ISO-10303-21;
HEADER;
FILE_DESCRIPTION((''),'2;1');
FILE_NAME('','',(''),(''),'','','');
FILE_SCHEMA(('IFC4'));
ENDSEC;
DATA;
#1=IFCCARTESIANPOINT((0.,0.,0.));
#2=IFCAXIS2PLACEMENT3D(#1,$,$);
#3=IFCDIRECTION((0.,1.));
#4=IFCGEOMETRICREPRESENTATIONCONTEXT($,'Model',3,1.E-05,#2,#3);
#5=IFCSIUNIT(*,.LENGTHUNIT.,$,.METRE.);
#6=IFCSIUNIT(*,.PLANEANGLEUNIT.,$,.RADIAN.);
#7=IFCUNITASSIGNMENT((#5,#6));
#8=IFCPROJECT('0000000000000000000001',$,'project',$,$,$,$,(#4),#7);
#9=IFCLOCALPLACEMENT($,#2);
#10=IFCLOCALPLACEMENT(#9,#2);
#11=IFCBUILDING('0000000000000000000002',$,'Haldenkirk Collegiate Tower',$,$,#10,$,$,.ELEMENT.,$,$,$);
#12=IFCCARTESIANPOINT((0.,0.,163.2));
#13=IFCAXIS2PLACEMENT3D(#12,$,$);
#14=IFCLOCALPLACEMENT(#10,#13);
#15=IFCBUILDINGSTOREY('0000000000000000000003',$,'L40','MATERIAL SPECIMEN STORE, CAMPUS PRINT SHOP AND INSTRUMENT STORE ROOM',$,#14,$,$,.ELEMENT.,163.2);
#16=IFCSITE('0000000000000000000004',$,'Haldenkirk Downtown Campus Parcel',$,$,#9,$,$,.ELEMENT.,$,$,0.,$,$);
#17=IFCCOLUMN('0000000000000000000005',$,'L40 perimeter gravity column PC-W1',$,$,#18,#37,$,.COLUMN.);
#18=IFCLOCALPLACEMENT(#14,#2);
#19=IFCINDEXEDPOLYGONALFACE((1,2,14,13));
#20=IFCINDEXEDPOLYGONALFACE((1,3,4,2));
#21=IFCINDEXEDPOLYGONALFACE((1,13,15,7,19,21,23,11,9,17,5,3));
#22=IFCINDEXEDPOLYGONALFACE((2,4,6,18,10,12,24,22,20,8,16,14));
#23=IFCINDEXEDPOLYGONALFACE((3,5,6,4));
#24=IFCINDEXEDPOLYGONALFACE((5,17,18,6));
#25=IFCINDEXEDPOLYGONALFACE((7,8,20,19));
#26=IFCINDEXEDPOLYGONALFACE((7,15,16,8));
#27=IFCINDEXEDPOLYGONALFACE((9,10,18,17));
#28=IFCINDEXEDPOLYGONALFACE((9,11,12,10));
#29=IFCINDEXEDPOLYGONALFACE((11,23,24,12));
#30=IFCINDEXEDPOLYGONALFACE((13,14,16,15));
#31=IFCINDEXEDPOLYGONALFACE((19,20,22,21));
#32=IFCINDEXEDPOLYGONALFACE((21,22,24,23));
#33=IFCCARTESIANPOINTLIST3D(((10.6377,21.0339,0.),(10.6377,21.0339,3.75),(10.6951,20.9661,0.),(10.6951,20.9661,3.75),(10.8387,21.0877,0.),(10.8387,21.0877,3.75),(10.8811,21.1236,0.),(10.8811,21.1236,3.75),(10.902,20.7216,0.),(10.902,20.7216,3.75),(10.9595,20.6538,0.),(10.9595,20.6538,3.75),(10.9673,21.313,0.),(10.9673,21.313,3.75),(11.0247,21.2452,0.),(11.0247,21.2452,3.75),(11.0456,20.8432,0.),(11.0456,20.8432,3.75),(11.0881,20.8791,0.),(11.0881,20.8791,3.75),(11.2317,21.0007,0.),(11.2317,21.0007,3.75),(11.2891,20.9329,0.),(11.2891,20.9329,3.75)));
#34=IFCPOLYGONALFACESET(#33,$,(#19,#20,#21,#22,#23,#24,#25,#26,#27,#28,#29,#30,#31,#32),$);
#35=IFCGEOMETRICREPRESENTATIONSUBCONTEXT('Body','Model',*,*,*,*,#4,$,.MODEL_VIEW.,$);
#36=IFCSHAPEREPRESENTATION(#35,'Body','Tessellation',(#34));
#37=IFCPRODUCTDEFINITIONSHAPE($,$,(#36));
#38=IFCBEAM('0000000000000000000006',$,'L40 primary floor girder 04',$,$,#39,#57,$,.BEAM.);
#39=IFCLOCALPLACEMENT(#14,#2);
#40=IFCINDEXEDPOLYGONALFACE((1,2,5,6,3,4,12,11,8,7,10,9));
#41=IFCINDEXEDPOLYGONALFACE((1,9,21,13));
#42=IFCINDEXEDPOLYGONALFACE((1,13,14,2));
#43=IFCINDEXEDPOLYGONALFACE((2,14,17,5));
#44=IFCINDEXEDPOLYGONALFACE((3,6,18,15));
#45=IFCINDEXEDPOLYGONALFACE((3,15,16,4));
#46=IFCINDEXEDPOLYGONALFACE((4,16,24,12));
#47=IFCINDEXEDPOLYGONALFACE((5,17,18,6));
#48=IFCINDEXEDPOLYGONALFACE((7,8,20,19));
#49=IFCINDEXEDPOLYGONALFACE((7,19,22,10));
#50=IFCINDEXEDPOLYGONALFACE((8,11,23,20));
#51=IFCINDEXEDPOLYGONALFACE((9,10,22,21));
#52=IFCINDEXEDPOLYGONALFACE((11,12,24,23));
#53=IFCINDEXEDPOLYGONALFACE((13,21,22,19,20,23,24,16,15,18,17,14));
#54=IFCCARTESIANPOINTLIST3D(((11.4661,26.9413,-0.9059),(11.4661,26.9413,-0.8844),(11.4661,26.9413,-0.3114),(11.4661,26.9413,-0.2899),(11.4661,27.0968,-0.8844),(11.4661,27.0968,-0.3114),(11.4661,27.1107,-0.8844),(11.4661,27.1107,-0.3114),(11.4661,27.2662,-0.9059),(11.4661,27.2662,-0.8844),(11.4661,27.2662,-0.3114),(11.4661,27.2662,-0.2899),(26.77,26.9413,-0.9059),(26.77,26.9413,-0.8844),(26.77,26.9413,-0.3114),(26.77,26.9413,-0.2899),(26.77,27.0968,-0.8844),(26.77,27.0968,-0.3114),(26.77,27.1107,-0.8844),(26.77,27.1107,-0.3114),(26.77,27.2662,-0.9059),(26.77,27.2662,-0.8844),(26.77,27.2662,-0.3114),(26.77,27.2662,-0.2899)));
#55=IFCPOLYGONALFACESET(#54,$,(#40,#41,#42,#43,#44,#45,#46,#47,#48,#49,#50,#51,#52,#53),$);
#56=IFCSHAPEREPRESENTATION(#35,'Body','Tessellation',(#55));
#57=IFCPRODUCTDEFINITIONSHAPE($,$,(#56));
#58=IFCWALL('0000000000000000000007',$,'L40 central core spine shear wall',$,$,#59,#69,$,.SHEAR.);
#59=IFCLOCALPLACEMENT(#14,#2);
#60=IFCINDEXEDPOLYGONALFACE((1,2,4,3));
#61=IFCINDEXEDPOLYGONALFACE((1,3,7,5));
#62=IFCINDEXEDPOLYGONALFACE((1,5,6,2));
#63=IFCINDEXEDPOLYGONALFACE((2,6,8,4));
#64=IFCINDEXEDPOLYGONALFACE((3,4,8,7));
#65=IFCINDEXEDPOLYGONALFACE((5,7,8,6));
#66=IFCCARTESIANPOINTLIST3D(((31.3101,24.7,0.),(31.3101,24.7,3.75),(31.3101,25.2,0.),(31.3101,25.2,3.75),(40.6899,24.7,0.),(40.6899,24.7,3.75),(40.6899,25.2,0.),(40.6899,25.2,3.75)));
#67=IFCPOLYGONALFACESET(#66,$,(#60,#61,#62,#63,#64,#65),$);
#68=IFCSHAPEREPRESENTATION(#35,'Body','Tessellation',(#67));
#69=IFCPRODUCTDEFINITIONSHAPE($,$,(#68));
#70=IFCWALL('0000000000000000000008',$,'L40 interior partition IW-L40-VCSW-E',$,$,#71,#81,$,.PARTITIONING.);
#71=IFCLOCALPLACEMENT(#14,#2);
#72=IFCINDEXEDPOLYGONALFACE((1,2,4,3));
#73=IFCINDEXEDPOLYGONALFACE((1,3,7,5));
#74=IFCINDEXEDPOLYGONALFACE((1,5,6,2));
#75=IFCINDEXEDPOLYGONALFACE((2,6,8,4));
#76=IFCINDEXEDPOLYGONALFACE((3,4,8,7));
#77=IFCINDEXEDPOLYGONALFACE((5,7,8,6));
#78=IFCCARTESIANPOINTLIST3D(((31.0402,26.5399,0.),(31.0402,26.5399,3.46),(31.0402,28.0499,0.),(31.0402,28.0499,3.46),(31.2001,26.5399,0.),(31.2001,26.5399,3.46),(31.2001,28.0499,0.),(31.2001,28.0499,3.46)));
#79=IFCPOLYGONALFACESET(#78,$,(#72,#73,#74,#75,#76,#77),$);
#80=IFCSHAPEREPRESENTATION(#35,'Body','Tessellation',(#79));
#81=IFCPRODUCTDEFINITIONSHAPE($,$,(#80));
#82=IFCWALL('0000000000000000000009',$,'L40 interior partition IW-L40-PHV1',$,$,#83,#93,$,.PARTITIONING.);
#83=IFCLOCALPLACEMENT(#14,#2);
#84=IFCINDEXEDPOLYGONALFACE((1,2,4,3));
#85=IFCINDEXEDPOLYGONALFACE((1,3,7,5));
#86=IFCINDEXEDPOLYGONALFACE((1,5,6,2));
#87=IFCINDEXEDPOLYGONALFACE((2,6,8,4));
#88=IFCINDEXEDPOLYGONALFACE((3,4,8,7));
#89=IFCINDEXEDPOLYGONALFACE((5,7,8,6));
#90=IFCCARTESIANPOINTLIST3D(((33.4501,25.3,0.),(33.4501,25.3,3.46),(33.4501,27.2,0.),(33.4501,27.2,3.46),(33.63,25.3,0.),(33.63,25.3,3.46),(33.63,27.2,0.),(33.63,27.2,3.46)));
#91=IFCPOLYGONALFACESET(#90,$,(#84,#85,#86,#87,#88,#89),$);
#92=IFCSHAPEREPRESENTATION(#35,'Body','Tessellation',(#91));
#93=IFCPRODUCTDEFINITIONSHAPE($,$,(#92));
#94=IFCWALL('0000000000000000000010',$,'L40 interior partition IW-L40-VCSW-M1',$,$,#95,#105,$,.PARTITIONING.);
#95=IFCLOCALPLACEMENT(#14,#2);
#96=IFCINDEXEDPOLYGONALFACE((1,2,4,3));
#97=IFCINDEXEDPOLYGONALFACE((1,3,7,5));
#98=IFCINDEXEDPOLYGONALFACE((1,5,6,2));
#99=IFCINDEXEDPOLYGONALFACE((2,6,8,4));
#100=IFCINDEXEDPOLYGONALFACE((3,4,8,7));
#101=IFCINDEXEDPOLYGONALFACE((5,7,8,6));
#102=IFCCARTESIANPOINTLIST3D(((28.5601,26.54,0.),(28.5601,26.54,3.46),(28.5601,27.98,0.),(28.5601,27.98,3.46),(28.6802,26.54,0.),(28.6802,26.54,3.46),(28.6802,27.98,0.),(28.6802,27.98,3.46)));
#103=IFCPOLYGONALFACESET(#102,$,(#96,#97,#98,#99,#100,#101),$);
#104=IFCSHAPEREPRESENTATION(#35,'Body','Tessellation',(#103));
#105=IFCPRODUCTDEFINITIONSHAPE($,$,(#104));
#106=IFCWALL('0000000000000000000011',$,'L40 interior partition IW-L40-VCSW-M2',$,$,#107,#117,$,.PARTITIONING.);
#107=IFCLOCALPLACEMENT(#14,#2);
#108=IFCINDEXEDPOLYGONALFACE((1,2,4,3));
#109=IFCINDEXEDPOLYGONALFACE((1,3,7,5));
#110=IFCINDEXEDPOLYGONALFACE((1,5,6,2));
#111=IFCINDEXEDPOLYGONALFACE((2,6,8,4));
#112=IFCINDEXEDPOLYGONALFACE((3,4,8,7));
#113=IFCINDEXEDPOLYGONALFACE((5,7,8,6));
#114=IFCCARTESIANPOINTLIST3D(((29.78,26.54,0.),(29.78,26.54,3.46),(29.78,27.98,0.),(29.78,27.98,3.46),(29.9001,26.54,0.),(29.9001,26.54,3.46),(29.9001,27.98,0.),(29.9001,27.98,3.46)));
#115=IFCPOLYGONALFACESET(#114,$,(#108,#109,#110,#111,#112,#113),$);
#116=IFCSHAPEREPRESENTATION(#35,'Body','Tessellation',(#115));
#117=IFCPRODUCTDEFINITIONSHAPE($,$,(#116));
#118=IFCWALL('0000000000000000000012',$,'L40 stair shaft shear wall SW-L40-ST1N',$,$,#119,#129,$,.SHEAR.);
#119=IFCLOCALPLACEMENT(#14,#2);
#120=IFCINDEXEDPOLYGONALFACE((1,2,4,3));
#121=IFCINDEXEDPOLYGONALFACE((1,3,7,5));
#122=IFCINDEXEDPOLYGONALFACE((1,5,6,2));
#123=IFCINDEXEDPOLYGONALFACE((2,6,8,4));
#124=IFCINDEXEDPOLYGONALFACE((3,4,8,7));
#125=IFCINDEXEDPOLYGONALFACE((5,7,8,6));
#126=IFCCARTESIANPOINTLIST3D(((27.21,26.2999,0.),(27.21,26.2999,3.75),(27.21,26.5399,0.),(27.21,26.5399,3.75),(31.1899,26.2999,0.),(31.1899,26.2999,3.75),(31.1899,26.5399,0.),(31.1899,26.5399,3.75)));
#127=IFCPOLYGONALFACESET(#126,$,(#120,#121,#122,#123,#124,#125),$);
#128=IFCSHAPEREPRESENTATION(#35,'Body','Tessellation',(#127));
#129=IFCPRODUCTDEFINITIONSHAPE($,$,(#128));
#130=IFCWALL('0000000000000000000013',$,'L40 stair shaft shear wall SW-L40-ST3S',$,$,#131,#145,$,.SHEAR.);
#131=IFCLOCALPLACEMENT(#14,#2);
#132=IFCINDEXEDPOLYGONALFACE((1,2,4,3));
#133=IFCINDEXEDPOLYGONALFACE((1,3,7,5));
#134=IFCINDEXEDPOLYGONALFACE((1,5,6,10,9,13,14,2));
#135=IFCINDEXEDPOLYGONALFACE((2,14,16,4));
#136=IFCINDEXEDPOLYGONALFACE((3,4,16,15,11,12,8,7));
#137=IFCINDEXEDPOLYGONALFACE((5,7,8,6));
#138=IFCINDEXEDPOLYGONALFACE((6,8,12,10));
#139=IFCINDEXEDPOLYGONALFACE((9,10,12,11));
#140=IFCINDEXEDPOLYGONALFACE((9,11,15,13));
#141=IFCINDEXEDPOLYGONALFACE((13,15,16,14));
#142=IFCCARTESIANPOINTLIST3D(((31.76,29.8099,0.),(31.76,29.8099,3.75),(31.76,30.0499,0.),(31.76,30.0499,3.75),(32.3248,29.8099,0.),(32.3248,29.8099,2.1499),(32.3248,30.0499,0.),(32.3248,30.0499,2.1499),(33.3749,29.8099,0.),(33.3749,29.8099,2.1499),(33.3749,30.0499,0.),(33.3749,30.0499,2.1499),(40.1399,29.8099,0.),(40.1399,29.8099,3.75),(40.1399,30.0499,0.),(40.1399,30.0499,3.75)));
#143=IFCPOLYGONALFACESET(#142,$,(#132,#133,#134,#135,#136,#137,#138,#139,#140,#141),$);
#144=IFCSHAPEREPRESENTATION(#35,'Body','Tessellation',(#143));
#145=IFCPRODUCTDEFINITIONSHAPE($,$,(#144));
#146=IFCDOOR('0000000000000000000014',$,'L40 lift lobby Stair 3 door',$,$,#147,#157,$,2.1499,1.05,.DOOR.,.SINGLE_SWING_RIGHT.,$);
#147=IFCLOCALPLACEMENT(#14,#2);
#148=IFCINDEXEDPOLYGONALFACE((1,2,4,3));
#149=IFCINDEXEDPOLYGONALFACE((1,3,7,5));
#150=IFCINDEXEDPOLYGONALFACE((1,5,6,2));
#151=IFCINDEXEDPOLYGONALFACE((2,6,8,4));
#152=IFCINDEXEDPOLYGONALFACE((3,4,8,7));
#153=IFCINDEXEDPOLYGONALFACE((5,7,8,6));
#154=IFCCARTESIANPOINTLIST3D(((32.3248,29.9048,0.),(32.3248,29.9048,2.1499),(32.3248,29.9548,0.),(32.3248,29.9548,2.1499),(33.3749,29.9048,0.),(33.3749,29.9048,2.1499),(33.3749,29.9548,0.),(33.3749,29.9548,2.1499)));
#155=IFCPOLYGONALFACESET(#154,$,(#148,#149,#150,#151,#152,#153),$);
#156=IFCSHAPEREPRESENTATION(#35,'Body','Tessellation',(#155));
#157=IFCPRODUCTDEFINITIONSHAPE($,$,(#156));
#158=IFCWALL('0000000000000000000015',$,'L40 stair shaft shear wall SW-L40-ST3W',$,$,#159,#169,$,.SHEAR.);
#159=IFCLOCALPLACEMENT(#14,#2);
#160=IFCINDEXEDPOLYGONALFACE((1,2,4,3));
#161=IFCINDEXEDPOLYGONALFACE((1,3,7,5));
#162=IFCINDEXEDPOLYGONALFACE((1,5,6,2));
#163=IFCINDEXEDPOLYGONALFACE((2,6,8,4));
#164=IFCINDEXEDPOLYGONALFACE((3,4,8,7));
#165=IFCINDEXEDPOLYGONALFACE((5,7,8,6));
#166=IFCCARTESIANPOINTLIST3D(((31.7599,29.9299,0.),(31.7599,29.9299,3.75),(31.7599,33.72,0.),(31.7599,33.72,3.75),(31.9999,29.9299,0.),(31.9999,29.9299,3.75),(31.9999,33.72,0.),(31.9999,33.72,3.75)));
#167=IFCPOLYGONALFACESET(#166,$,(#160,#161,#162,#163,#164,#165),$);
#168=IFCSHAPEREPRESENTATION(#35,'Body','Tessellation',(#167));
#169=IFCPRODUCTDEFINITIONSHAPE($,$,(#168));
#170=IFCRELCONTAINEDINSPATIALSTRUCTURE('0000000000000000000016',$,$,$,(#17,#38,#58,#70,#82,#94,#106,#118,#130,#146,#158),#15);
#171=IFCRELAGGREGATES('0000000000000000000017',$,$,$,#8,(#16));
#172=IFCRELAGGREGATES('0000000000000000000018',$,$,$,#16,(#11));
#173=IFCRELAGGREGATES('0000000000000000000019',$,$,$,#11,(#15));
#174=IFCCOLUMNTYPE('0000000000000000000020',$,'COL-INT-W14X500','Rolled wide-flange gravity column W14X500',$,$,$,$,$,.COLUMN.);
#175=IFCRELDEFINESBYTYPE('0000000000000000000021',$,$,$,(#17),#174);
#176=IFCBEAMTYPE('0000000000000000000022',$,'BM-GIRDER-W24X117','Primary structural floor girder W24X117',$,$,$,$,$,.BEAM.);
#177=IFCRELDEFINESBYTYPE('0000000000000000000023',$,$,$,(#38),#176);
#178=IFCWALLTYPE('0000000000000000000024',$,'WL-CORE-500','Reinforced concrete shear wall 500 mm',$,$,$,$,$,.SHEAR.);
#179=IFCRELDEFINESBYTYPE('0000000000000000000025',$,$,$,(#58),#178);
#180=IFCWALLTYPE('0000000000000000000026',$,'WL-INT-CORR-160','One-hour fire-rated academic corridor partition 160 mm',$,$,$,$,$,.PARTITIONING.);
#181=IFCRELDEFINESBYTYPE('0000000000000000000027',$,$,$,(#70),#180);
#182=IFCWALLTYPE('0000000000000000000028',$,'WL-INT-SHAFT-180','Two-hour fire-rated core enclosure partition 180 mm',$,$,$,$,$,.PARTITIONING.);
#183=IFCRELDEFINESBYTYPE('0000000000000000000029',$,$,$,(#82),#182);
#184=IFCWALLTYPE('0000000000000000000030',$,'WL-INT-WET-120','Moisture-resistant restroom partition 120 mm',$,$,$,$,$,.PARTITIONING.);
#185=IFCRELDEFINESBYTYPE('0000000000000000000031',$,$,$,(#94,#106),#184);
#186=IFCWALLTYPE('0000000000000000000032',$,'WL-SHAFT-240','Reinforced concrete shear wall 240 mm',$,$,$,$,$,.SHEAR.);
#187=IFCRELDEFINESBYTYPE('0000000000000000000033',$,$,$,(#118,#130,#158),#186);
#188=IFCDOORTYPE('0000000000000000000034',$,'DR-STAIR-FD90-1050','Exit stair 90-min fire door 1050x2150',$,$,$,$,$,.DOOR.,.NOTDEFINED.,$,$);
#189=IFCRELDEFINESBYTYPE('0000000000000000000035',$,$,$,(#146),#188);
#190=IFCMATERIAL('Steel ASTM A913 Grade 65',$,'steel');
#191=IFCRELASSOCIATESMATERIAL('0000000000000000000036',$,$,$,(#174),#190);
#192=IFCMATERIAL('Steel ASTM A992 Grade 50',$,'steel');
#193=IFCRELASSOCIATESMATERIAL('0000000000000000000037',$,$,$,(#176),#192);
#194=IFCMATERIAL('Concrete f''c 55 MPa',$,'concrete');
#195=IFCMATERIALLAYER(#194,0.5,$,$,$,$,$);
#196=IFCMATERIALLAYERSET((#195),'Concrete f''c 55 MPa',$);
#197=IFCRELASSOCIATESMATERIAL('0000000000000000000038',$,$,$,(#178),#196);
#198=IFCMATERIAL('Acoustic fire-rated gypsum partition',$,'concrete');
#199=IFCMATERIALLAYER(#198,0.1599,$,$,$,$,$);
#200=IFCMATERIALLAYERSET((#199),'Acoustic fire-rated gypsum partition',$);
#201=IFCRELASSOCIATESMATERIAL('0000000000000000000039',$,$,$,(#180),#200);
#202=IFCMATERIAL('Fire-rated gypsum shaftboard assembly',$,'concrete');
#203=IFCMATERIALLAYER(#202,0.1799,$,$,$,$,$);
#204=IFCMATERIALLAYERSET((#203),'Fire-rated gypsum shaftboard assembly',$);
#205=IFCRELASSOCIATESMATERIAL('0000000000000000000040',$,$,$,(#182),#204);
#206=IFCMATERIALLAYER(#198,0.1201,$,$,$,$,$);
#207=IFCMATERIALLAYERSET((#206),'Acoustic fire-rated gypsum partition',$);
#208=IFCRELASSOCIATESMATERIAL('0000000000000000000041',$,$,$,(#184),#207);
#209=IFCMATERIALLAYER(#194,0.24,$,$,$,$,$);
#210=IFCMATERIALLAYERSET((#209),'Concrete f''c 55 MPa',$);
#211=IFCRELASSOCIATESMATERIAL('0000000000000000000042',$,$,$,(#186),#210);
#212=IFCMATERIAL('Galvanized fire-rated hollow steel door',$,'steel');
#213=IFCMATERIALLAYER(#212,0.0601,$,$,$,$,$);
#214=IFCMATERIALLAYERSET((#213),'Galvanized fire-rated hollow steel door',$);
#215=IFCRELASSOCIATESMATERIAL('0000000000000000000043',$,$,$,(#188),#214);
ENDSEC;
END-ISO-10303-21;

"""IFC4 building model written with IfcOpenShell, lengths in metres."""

from ifc_helpers import new_model, si_unit, direction, frame, frame_2d, origin, origin_2d, place, context, subcontext, project, spatial, rectangle, i_section, extrude, material, layer, layer_set, material_profile, profile_set, type_object, element, fill, save


model = new_model("IFC4")

# Units and contexts
model_context = context("Model", 3, precision=1e-05, world=origin(), true_north=direction((0.0, 1.0)))
body_context = subcontext(model_context, "Body", "Model", "MODEL_VIEW")
ifc_project = project(units=[si_unit("LENGTHUNIT", "METRE"), si_unit("PLANEANGLEUNIT", "RADIAN")], contexts=[model_context])

# Site, building, storey
site_placement = place(None, origin())
site = spatial("IfcSite", under=ifc_project, at=site_placement, Name="Haldenkirk Downtown Campus Parcel", CompositionType="ELEMENT", RefElevation=0.0)
building_placement = place(site_placement, origin())
building = spatial("IfcBuilding", under=site, at=building_placement, Name="Haldenkirk Collegiate Tower", CompositionType="ELEMENT")
storey_placement = place(building_placement, frame((0.0, 0.0, 163.2)))
storey = spatial("IfcBuildingStorey", under=building, at=storey_placement, Name="L40", Description="MATERIAL SPECIMEN STORE, CAMPUS PRINT SHOP AND INSTRUMENT STORE ROOM", CompositionType="ELEMENT", Elevation=163.2)

# Column
ifc_material_1 = material(Name="Steel ASTM A913 Grade 65", Category="steel")
ifc_material_profile_1 = material_profile(ifc_material_1, i_section(OverallWidth=0.4319, OverallDepth=0.498, WebThickness=0.0557, FlangeThickness=0.0889, at=origin_2d()), Name="W14X500")
ifc_profile_set_1 = profile_set([ifc_material_profile_1], Name="Steel ASTM A913 Grade 65")
column_type = type_object("IfcColumnType", Name="COL-INT-W14X500", Description="Rolled wide-flange gravity column W14X500", PredefinedType="COLUMN", material=ifc_profile_set_1)
column_placement = place(storey_placement, frame((10.9634, 20.9834, 0.0), z_axis=(0.0, 0.0, 1.0), x_axis=(0.763232, 0.646124, 0.0)))
element("IfcColumn", 1, at=column_placement, inside=storey, type_object=column_type, Name="L40 perimeter gravity column PC-W1", PredefinedType="COLUMN", context=body_context, shape_type="SweptSolid", body=[
    extrude(i_section(OverallWidth=0.4319, OverallDepth=0.498, WebThickness=0.0557, FlangeThickness=0.0889, at=origin_2d()), origin(), (0.0, 0.0, 1.0), 3.75),
])

# Beam
ifc_material_2 = material(Name="Steel ASTM A992 Grade 50", Category="steel")
ifc_material_profile_2 = material_profile(ifc_material_2, i_section(OverallWidth=0.325, OverallDepth=0.616, WebThickness=0.0139, FlangeThickness=0.0215, at=origin_2d()), Name="W24X117")
ifc_profile_set_2 = profile_set([ifc_material_profile_2], Name="Steel ASTM A992 Grade 50")
beam_type = type_object("IfcBeamType", Name="BM-GIRDER-W24X117", Description="Primary structural floor girder W24X117", PredefinedType="BEAM", material=ifc_profile_set_2)
beam_placement = place(storey_placement, frame((11.4661, 27.1038, -0.5979), z_axis=(1.0, 0.0, 0.0), x_axis=(0.0, 1.0, 0.0)))
element("IfcBeam", 2, at=beam_placement, inside=storey, type_object=beam_type, Name="L40 primary floor girder 04", PredefinedType="BEAM", context=body_context, shape_type="SweptSolid", body=[
    extrude(i_section(OverallWidth=0.325, OverallDepth=0.616, WebThickness=0.0139, FlangeThickness=0.0215, at=origin_2d()), origin(), (0.0, 0.0, 1.0), 15.304),
])

# Wall
ifc_material_3 = material(Name="Concrete f'c 55 MPa", Category="concrete")
ifc_layer_1 = layer(ifc_material_3, 0.5)
ifc_layer_set_1 = layer_set([ifc_layer_1], Name="Concrete f'c 55 MPa")
wall_type_1 = type_object("IfcWallType", Name="WL-CORE-500", Description="Reinforced concrete shear wall 500 mm", PredefinedType="SHEAR", material=ifc_layer_set_1)
wall_1_placement = place(storey_placement, frame((31.3101, 24.95, 0.0), z_axis=(0.0, 0.0, 1.0), x_axis=(1.0, 0.0, 0.0)))
element("IfcWall", 3, at=wall_1_placement, inside=storey, type_object=wall_type_1, Name="L40 central core spine shear wall", PredefinedType="SHEAR", context=body_context, shape_type="SweptSolid", body=[
    extrude(rectangle(XDim=9.3799, YDim=0.5, at=frame_2d((4.6899, 0.0))), origin(), (0.0, 0.0, 1.0), 3.75),
])

# Shared definitions
ifc_material_4 = material(Name="Acoustic fire-rated gypsum partition", Category="concrete")
ifc_layer_2 = layer(ifc_material_4, 0.1599)
ifc_layer_set_2 = layer_set([ifc_layer_2], Name="Acoustic fire-rated gypsum partition")
wall_type_2 = type_object("IfcWallType", Name="WL-INT-CORR-160", Description="One-hour fire-rated academic corridor partition 160 mm", PredefinedType="PARTITIONING", material=ifc_layer_set_2)

# Wall
wall_2_placement = place(storey_placement, frame((31.1201, 26.54, 0.0), z_axis=(0.0, 0.0, 1.0), x_axis=(0.0, 1.0, 0.0)))
element("IfcWall", 4, at=wall_2_placement, inside=storey, type_object=wall_type_2, Name="L40 interior partition IW-L40-VCSW-E", PredefinedType="PARTITIONING", context=body_context, shape_type="SweptSolid", body=[
    extrude(rectangle(XDim=1.51, YDim=0.1599, at=frame_2d((0.7549, 0.0))), origin(), (0.0, 0.0, 1.0), 3.46),
])

# Shared definitions
ifc_material_5 = material(Name="Fire-rated gypsum shaftboard assembly", Category="concrete")
ifc_layer_3 = layer(ifc_material_5, 0.1799)
ifc_layer_set_3 = layer_set([ifc_layer_3], Name="Fire-rated gypsum shaftboard assembly")
wall_type_3 = type_object("IfcWallType", Name="WL-INT-SHAFT-180", Description="Two-hour fire-rated core enclosure partition 180 mm", PredefinedType="PARTITIONING", material=ifc_layer_set_3)

# Wall
wall_3_placement = place(storey_placement, frame((33.54, 25.3, 0.0), z_axis=(0.0, 0.0, 1.0), x_axis=(0.0, 1.0, 0.0)))
element("IfcWall", 5, at=wall_3_placement, inside=storey, type_object=wall_type_3, Name="L40 interior partition IW-L40-PHV1", PredefinedType="PARTITIONING", context=body_context, shape_type="SweptSolid", body=[
    extrude(rectangle(XDim=1.8999, YDim=0.1799, at=frame_2d((0.95, 0.0))), origin(), (0.0, 0.0, 1.0), 3.46),
])

# Shared definitions
ifc_material_6 = material(Name="Galvanized fire-rated hollow steel door", Category="steel")

# Walls
ifc_layer_4 = layer(ifc_material_4, 0.1201)
ifc_layer_set_4 = layer_set([ifc_layer_4], Name="Acoustic fire-rated gypsum partition")
wall_type_4 = type_object("IfcWallType", Name="WL-INT-WET-120", Description="Moisture-resistant restroom partition 120 mm", PredefinedType="PARTITIONING", material=ifc_layer_set_4)
for number, where, z_axis, x_axis, name in (
    (6, (28.6201, 26.54, 0.0), (0.0, 0.0, 1.0), (0.0, 1.0, 0.0), "L40 interior partition IW-L40-VCSW-M1"),
    (7, (29.8401, 26.54, 0.0), (0.0, 0.0, 1.0), (0.0, 1.0, 0.0), "L40 interior partition IW-L40-VCSW-M2"),
):
    element("IfcWall", number, at=place(storey_placement, frame(where, z_axis=z_axis, x_axis=x_axis)), inside=storey, type_object=wall_type_4, Name=name, PredefinedType="PARTITIONING", context=body_context, shape_type="SweptSolid", body=[
        extrude(rectangle(XDim=1.4399, YDim=0.1201, at=frame_2d((0.72, 0.0))), origin(), (0.0, 0.0, 1.0), 3.46),
    ])
ifc_layer_5 = layer(ifc_material_3, 0.24)
ifc_layer_set_5 = layer_set([ifc_layer_5], Name="Concrete f'c 55 MPa")
wall_type_5 = type_object("IfcWallType", Name="WL-SHAFT-240", Description="Reinforced concrete shear wall 240 mm", PredefinedType="SHEAR", material=ifc_layer_set_5)
wall_4_placement = place(storey_placement, frame((27.21, 26.4199, 0.0), z_axis=(0.0, 0.0, 1.0), x_axis=(1.0, 0.0, 0.0)))
element("IfcWall", 8, at=wall_4_placement, inside=storey, type_object=wall_type_5, Name="L40 stair shaft shear wall SW-L40-ST1N", PredefinedType="SHEAR", context=body_context, shape_type="SweptSolid", body=[
    extrude(rectangle(XDim=3.98, YDim=0.24, at=frame_2d((1.99, 0.0))), origin(), (0.0, 0.0, 1.0), 3.75),
])

# Wall, opening, door
wall_5_placement = place(storey_placement, frame((31.76, 29.9299, 0.0), z_axis=(0.0, 0.0, 1.0), x_axis=(1.0, 0.0, 0.0)))
wall_5 = element("IfcWall", 9, at=wall_5_placement, inside=storey, type_object=wall_type_5, Name="L40 stair shaft shear wall SW-L40-ST3S", PredefinedType="SHEAR", context=body_context, shape_type="SweptSolid", body=[
    extrude(rectangle(XDim=8.3799, YDim=0.24, at=frame_2d((4.1899, 0.0))), origin(), (0.0, 0.0, 1.0), 3.75),
])
opening_1_placement = place(wall_5_placement, frame((0.5649, 0.0, 0.0)))
opening_1 = element("IfcOpeningElement", 10, at=opening_1_placement, cuts=wall_5, PredefinedType="OPENING", context=body_context, shape_type="SweptSolid", body=[
    extrude(rectangle(XDim=1.05, YDim=2.1499, at=frame_2d((0.5249, 1.075))), frame((0.0, 0.1299, 0.0), z_axis=(0.0, -1.0, 0.0), x_axis=(1.0, 0.0, 0.0)), (0.0, 0.0, 1.0), 0.26),
])
ifc_layer_6 = layer(ifc_material_6, 0.0601)
ifc_layer_set_6 = layer_set([ifc_layer_6], Name="Galvanized fire-rated hollow steel door")
door_type_1 = type_object("IfcDoorType", Name="DR-STAIR-FD90-1050", Description="Exit stair 90-min fire door 1050x2150", OperationType="NOTDEFINED", PredefinedType="DOOR", material=ifc_layer_set_6)
door_1_placement = place(opening_1_placement, origin())
door_1 = element("IfcDoor", 11, at=door_1_placement, inside=storey, type_object=door_type_1, Name="L40 lift lobby Stair 3 door", OperationType="SINGLE_SWING_RIGHT", OverallHeight=2.1499, OverallWidth=1.05, PredefinedType="DOOR", context=body_context, shape_type="SweptSolid", body=[
    extrude(rectangle(XDim=1.05, YDim=2.1499, at=frame_2d((0.5249, 1.075))), frame((0.0, 0.0249, 0.0), z_axis=(0.0, -1.0, 0.0), x_axis=(1.0, 0.0, 0.0)), (0.0, 0.0, 1.0), 0.05),
])
fill(opening_1, door_1)

# Wall
wall_6_placement = place(storey_placement, frame((31.8799, 29.9299, 0.0), z_axis=(0.0, 0.0, 1.0), x_axis=(0.0, 1.0, 0.0)))
element("IfcWall", 12, at=wall_6_placement, inside=storey, type_object=wall_type_5, Name="L40 stair shaft shear wall SW-L40-ST3W", PredefinedType="SHEAR", context=body_context, shape_type="SweptSolid", body=[
    extrude(rectangle(XDim=3.79, YDim=0.24, at=frame_2d((1.895, 0.0))), origin(), (0.0, 0.0, 1.0), 3.75),
])

save(model, "model.ifc")
